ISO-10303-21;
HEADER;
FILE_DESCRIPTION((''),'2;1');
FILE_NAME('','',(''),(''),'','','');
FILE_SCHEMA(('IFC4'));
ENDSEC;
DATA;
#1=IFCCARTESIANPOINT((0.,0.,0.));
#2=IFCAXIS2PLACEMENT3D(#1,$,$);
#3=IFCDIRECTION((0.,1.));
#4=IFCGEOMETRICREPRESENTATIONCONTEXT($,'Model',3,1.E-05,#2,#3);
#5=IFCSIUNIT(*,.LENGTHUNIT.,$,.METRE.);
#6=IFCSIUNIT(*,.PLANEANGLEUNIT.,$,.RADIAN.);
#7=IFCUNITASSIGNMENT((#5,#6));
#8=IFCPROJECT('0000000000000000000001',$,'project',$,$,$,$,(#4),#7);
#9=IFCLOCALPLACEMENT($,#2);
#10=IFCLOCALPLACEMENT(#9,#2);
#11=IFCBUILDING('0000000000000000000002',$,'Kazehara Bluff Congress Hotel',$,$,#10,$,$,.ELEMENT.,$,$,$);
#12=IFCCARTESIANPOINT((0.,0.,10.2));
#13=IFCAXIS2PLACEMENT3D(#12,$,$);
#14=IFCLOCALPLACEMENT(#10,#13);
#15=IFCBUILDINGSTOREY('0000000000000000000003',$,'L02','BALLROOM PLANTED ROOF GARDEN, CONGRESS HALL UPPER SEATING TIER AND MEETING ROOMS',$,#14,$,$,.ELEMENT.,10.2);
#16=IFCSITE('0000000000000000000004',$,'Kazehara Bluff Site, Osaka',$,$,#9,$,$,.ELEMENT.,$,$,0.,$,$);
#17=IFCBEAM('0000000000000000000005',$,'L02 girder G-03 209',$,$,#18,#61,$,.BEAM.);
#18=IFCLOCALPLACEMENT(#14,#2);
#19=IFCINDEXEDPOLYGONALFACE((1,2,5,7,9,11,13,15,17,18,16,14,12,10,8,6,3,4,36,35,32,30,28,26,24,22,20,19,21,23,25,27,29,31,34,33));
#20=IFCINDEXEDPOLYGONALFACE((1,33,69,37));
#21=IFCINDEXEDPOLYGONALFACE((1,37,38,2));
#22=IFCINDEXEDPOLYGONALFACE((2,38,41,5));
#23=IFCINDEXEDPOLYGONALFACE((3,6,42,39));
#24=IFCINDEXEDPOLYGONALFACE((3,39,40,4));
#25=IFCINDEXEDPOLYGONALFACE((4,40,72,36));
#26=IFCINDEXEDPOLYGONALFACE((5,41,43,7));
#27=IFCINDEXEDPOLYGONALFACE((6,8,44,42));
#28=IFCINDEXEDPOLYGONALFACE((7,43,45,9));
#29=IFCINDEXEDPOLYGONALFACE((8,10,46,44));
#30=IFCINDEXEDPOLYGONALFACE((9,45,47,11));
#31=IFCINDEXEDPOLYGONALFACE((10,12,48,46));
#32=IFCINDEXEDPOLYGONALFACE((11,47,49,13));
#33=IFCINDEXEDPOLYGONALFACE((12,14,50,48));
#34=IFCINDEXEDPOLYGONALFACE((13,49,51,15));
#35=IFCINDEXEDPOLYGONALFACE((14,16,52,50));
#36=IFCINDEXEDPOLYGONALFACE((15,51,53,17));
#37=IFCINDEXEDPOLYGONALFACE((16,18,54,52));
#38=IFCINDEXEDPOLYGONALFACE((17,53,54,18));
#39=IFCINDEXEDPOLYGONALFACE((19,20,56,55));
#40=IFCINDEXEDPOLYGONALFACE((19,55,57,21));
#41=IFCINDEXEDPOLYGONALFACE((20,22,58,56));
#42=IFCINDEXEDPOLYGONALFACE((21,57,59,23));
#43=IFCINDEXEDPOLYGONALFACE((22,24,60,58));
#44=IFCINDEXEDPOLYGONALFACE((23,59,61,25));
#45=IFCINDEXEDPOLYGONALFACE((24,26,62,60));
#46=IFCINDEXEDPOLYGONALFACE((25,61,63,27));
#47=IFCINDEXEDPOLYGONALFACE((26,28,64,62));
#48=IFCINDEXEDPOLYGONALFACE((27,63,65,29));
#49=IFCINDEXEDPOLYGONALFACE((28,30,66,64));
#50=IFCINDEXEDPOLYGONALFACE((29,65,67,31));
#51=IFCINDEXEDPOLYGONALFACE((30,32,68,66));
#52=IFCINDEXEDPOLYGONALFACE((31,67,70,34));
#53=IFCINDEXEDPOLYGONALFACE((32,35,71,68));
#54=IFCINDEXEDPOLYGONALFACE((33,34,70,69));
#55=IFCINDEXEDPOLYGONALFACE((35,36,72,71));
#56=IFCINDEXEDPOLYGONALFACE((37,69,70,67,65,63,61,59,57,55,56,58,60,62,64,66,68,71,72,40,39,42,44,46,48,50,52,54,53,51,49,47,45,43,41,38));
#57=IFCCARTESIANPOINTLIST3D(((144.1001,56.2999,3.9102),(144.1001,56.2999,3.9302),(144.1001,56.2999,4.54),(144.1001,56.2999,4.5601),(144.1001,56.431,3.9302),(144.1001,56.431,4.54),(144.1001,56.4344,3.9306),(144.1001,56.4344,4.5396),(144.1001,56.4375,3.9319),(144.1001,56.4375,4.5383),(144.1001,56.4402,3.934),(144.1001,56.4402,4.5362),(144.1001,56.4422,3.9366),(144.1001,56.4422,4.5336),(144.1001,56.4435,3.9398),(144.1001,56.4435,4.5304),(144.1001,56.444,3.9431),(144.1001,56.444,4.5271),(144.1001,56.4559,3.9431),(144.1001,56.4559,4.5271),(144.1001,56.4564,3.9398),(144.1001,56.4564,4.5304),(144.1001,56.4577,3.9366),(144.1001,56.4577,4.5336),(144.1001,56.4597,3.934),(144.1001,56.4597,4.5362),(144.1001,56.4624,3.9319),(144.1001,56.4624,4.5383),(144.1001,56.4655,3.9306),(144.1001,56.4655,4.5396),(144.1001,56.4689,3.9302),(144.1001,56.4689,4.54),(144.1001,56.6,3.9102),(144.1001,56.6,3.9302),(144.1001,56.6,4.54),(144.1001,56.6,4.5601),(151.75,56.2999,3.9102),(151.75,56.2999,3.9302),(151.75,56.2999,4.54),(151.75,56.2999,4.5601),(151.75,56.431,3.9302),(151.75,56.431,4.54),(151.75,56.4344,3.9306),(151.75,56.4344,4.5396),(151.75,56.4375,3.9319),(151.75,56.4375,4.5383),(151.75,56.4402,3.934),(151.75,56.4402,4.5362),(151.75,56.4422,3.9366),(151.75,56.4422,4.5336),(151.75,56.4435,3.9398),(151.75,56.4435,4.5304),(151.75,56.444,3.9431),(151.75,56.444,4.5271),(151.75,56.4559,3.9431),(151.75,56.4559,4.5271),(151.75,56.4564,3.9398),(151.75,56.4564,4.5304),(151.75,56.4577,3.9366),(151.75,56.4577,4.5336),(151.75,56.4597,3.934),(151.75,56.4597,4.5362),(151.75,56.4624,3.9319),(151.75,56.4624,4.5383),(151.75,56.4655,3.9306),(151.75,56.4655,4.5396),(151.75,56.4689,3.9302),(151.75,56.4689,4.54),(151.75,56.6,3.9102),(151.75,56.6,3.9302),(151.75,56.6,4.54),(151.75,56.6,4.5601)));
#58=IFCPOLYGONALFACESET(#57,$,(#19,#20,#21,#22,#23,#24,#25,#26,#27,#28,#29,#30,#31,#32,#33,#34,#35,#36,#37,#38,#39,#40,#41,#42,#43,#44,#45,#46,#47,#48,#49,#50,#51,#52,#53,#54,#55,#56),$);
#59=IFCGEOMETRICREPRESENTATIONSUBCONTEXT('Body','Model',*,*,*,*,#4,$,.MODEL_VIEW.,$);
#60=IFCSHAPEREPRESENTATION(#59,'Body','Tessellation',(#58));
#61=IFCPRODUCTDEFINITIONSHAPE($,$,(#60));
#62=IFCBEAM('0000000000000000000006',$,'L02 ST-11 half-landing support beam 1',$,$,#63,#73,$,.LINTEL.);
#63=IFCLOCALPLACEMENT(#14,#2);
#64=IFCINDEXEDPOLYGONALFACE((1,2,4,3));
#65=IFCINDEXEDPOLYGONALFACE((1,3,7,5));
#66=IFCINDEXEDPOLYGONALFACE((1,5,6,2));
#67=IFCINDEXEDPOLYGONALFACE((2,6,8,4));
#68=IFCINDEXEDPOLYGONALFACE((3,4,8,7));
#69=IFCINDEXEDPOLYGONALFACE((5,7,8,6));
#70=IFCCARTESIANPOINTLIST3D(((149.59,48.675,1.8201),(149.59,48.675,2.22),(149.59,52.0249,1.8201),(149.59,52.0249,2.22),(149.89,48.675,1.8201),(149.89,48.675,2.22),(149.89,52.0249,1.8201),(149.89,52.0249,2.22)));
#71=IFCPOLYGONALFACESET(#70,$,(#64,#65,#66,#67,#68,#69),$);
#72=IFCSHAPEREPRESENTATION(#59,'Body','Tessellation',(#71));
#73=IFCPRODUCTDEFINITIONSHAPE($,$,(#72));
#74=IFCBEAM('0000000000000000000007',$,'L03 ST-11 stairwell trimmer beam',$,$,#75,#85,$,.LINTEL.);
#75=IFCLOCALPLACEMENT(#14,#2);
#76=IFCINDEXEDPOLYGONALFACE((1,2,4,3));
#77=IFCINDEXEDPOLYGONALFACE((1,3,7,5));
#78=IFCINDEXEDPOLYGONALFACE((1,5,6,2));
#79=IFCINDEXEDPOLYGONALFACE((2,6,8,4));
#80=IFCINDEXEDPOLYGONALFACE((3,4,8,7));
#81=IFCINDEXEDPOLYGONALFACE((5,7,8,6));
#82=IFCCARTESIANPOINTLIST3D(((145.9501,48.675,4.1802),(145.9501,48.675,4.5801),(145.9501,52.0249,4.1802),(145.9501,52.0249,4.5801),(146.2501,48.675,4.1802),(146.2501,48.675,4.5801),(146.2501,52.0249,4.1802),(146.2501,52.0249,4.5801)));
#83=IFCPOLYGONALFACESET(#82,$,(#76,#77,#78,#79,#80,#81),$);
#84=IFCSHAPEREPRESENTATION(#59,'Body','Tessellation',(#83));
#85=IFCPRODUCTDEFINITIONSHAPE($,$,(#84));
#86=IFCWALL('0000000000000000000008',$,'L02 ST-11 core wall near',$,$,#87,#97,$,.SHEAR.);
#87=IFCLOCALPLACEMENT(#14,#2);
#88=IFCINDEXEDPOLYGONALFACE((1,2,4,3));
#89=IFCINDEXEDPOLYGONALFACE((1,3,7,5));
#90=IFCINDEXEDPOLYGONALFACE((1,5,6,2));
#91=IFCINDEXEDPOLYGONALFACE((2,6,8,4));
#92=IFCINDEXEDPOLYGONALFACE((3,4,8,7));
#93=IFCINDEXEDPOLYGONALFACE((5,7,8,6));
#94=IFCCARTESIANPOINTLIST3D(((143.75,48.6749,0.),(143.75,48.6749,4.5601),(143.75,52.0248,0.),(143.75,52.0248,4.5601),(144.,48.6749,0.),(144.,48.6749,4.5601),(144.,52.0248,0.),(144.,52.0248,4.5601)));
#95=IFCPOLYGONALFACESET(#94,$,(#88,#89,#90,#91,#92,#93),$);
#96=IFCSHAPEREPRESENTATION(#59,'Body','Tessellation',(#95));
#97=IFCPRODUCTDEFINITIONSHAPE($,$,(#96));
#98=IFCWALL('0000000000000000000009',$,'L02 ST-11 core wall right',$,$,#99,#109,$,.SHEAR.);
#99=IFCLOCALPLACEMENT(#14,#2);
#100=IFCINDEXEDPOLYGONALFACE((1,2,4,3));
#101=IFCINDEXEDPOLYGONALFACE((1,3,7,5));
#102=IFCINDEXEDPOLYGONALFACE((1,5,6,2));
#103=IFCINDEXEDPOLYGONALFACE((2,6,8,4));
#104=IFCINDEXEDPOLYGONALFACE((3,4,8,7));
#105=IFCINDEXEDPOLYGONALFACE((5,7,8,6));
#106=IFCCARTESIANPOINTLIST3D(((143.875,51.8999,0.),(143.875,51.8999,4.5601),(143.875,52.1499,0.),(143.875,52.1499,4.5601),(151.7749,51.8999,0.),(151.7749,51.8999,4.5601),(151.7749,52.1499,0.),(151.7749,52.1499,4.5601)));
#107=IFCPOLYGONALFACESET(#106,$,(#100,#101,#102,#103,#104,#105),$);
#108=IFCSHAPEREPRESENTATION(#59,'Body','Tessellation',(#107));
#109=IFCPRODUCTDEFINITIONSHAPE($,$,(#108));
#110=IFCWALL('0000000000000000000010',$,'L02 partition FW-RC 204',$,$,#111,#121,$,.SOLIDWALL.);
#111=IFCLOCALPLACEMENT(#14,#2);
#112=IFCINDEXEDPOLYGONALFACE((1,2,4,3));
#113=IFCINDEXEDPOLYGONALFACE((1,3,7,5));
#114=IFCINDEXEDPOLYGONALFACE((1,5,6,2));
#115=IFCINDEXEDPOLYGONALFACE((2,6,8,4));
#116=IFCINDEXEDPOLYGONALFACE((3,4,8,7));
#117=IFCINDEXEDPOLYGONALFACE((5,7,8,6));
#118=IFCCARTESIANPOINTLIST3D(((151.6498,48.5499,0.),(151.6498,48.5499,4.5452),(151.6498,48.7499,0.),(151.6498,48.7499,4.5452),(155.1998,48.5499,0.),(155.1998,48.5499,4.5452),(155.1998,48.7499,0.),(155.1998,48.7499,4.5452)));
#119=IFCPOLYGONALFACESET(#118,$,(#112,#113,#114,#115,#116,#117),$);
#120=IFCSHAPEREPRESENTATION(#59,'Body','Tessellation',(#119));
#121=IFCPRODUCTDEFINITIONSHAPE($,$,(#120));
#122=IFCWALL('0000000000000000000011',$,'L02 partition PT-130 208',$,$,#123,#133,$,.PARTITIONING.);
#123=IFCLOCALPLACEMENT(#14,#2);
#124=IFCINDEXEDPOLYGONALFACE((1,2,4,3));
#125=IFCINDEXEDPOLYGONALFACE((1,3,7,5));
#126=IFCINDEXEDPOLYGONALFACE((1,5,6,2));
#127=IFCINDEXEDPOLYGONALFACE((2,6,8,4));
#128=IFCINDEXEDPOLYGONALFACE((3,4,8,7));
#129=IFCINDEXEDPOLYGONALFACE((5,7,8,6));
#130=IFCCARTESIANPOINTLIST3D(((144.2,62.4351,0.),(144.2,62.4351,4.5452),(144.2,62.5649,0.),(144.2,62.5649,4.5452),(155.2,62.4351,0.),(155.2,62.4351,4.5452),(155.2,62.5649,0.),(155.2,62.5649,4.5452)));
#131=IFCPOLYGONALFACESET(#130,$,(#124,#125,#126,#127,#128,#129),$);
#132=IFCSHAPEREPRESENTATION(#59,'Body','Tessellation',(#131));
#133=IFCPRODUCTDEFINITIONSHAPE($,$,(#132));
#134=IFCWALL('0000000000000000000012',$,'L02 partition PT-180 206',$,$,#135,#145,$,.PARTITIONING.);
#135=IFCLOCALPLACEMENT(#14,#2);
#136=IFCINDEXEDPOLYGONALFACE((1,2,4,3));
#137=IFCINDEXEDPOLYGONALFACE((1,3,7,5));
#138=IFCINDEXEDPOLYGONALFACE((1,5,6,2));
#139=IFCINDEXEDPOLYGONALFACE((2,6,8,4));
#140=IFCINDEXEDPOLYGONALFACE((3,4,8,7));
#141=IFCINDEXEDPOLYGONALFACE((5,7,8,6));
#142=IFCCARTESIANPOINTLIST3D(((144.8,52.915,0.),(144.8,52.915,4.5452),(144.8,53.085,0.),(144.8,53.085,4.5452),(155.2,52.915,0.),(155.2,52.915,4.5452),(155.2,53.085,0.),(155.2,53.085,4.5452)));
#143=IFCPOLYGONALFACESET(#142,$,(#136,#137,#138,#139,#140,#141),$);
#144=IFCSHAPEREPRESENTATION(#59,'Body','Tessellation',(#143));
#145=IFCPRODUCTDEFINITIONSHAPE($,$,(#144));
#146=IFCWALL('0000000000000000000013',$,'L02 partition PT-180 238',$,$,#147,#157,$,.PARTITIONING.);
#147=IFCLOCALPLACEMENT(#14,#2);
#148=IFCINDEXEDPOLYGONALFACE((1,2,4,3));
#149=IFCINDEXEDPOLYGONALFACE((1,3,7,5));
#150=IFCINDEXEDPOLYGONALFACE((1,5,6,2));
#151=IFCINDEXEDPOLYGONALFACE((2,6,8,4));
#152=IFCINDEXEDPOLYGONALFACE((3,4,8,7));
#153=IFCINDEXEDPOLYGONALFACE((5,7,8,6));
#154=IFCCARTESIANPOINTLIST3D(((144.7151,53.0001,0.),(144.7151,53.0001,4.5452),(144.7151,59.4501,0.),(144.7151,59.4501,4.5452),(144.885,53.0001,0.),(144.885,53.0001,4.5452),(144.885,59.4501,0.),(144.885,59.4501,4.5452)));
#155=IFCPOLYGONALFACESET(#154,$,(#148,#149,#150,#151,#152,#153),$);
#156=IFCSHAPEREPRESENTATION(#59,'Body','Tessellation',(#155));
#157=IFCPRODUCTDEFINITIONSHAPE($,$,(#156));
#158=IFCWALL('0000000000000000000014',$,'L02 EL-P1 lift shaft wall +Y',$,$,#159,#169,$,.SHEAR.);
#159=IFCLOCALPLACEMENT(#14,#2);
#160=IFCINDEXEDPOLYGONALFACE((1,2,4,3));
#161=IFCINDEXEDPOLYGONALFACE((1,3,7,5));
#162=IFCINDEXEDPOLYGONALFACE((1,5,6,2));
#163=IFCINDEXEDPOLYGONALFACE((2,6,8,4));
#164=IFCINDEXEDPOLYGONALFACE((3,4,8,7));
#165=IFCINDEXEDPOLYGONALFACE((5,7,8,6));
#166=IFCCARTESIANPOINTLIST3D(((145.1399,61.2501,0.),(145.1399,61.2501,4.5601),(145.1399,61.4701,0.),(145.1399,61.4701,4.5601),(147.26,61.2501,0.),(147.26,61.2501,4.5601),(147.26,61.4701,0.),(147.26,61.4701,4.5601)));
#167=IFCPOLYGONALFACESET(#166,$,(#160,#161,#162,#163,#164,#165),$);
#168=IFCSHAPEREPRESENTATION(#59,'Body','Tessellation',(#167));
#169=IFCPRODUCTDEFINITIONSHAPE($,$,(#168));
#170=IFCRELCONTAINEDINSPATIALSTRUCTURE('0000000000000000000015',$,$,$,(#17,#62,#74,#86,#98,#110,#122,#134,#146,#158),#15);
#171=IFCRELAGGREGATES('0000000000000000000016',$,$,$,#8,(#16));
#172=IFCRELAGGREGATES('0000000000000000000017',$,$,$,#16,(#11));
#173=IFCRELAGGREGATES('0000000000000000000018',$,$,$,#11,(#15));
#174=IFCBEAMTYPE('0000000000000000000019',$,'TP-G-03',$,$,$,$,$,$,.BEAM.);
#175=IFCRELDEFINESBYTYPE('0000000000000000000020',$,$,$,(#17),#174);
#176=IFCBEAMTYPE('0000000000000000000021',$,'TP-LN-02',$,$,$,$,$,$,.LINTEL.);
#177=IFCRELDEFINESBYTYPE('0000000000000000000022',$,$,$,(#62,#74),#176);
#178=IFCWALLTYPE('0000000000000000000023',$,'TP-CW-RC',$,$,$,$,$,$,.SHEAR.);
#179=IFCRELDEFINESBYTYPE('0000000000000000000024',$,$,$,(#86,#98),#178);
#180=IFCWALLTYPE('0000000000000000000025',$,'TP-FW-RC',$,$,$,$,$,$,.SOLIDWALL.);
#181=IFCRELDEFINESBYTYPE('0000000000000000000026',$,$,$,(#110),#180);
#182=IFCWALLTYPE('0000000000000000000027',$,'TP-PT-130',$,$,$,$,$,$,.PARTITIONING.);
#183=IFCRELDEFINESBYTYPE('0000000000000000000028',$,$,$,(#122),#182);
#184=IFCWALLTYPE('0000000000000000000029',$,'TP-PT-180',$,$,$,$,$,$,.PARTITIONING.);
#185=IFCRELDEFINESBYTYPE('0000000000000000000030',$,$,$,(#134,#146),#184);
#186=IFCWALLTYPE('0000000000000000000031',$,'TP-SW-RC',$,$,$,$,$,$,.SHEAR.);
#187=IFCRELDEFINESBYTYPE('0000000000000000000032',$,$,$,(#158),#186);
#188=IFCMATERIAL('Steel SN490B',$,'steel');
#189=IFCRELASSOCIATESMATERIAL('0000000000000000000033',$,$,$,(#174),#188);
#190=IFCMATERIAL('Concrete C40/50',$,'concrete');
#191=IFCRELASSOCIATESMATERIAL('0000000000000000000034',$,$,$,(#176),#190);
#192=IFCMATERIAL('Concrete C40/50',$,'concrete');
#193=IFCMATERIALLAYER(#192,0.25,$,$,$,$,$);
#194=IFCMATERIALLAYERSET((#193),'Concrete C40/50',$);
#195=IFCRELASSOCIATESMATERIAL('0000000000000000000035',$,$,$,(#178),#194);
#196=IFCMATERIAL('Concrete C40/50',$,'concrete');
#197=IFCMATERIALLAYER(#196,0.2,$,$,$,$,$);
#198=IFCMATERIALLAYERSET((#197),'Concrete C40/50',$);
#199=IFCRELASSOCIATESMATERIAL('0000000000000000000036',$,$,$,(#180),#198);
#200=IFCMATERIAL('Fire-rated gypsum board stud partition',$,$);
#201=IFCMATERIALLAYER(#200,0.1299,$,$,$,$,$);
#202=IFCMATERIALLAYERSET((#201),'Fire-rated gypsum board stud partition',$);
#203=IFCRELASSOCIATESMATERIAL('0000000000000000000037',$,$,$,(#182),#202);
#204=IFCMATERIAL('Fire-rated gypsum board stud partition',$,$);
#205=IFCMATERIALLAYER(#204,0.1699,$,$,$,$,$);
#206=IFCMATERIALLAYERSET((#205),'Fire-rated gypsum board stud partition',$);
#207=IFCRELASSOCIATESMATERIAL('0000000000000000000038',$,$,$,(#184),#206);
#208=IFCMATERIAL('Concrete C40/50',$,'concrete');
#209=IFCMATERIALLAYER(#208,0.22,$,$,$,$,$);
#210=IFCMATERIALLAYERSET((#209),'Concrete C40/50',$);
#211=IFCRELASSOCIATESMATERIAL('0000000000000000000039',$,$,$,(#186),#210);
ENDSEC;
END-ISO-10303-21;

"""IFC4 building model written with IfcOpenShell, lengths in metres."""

from ifc_helpers import new_model, si_unit, direction, frame, frame_2d, origin, origin_2d, place, context, subcontext, project, spatial, rectangle, i_section, extrude, material, layer, layer_set, material_profile, profile_set, type_object, element, save


model = new_model("IFC4")

# Units and contexts
model_context = context("Model", 3, precision=1e-05, world=origin(), true_north=direction((0.0, 1.0)))
body_context = subcontext(model_context, "Body", "Model", "MODEL_VIEW")
ifc_project = project(units=[si_unit("LENGTHUNIT", "METRE"), si_unit("PLANEANGLEUNIT", "RADIAN")], contexts=[model_context])

# Site, building, storey
site_placement = place(None, origin())
site = spatial("IfcSite", under=ifc_project, at=site_placement, Name="Kazehara Bluff Site, Osaka", CompositionType="ELEMENT", RefElevation=0.0)
building_placement = place(site_placement, origin())
building = spatial("IfcBuilding", under=site, at=building_placement, Name="Kazehara Bluff Congress Hotel", CompositionType="ELEMENT")
storey_placement = place(building_placement, frame((0.0, 0.0, 10.2)))
storey = spatial("IfcBuildingStorey", under=building, at=storey_placement, Name="L02", Description="BALLROOM PLANTED ROOF GARDEN, CONGRESS HALL UPPER SEATING TIER AND MEETING ROOMS", CompositionType="ELEMENT", Elevation=10.2)

# Beams
ifc_material_1 = material(Name="Steel SN490B", Category="steel")
ifc_material_profile_1 = material_profile(ifc_material_1, i_section(OverallWidth=0.3, OverallDepth=0.6499, WebThickness=0.012, FlangeThickness=0.02, FilletRadius=0.0129, at=origin_2d()))
ifc_profile_set_1 = profile_set([ifc_material_profile_1], Name="Steel SN490B")
beam_type_1 = type_object("IfcBeamType", Name="TP-G-03", PredefinedType="BEAM", material=ifc_profile_set_1)
beam_placement = place(storey_placement, frame((144.1001, 56.45, 4.2351), z_axis=(1.0, 0.0, 0.0), x_axis=(0.0, 1.0, 0.0)))
element("IfcBeam", 1, at=beam_placement, inside=storey, type_object=beam_type_1, Name="L02 girder G-03 209", PredefinedType="BEAM", context=body_context, shape_type="SweptSolid", body=[
    extrude(i_section(OverallWidth=0.3, OverallDepth=0.6499, WebThickness=0.012, FlangeThickness=0.02, FilletRadius=0.0129, at=origin_2d()), origin(), (0.0, 0.0, 1.0), 7.6499),
])
ifc_material_2 = material(Name="Concrete C40/50", Category="concrete")
ifc_material_profile_2 = material_profile(ifc_material_2, rectangle(XDim=0.3, YDim=0.3999, at=origin_2d()))
ifc_profile_set_2 = profile_set([ifc_material_profile_2], Name="Concrete C40/50")
beam_type_2 = type_object("IfcBeamType", Name="TP-LN-02", PredefinedType="LINTEL", material=ifc_profile_set_2)
for number, where, z_axis, x_axis, name in (
    (2, (149.74, 48.675, 2.02), (0.0, 1.0, 0.0), (-1.0, 0.0, 0.0), "L02 ST-11 half-landing support beam 1"),
    (3, (146.1001, 48.675, 4.3801), (0.0, 1.0, 0.0), (-1.0, 0.0, 0.0), "L03 ST-11 stairwell trimmer beam"),
):
    element("IfcBeam", number, at=place(storey_placement, frame(where, z_axis=z_axis, x_axis=x_axis)), inside=storey, type_object=beam_type_2, Name=name, PredefinedType="LINTEL", context=body_context, shape_type="SweptSolid", body=[
        extrude(rectangle(XDim=0.3, YDim=0.3999, at=origin_2d()), origin(), (0.0, 0.0, 1.0), 3.3499),
    ])

# Walls
ifc_material_3 = material(Name="Concrete C40/50", Category="concrete")
ifc_layer_1 = layer(ifc_material_3, 0.25)
ifc_layer_set_1 = layer_set([ifc_layer_1], Name="Concrete C40/50")
wall_type_1 = type_object("IfcWallType", Name="TP-CW-RC", PredefinedType="SHEAR", material=ifc_layer_set_1)
wall_1_placement = place(storey_placement, frame((143.875, 48.675, 0.0), z_axis=(0.0, 0.0, 1.0), x_axis=(0.0, 1.0, 0.0)))
element("IfcWall", 4, at=wall_1_placement, inside=storey, type_object=wall_type_1, Name="L02 ST-11 core wall near", PredefinedType="SHEAR", context=body_context, shape_type="SweptSolid", body=[
    extrude(rectangle(XDim=3.3499, YDim=0.25, at=frame_2d((1.6748, 0.0))), origin(), (0.0, 0.0, 1.0), 4.5601),
])
wall_2_placement = place(storey_placement, frame((143.875, 52.0249, 0.0), z_axis=(0.0, 0.0, 1.0), x_axis=(1.0, 0.0, 0.0)))
element("IfcWall", 5, at=wall_2_placement, inside=storey, type_object=wall_type_1, Name="L02 ST-11 core wall right", PredefinedType="SHEAR", context=body_context, shape_type="SweptSolid", body=[
    extrude(rectangle(XDim=7.8999, YDim=0.25, at=frame_2d((3.95, 0.0))), origin(), (0.0, 0.0, 1.0), 4.5601),
])
ifc_material_4 = material(Name="Concrete C40/50", Category="concrete")
ifc_layer_2 = layer(ifc_material_4, 0.2)
ifc_layer_set_2 = layer_set([ifc_layer_2], Name="Concrete C40/50")
wall_type_2 = type_object("IfcWallType", Name="TP-FW-RC", PredefinedType="SOLIDWALL", material=ifc_layer_set_2)
wall_3_placement = place(storey_placement, frame((151.6499, 48.6499, 0.0), z_axis=(0.0, 0.0, 1.0), x_axis=(1.0, 0.0, 0.0)))
element("IfcWall", 6, at=wall_3_placement, inside=storey, type_object=wall_type_2, Name="L02 partition FW-RC 204", PredefinedType="SOLIDWALL", context=body_context, shape_type="SweptSolid", body=[
    extrude(rectangle(XDim=3.55, YDim=0.2, at=frame_2d((1.7749, 0.0))), origin(), (0.0, 0.0, 1.0), 4.5452),
])
ifc_material_5 = material(Name="Fire-rated gypsum board stud partition")
ifc_layer_3 = layer(ifc_material_5, 0.1299)
ifc_layer_set_3 = layer_set([ifc_layer_3], Name="Fire-rated gypsum board stud partition")
wall_type_3 = type_object("IfcWallType", Name="TP-PT-130", PredefinedType="PARTITIONING", material=ifc_layer_set_3)
wall_4_placement = place(storey_placement, frame((144.2, 62.5, 0.0), z_axis=(0.0, 0.0, 1.0), x_axis=(1.0, 0.0, 0.0)))
element("IfcWall", 7, at=wall_4_placement, inside=storey, type_object=wall_type_3, Name="L02 partition PT-130 208", PredefinedType="PARTITIONING", context=body_context, shape_type="SweptSolid", body=[
    extrude(rectangle(XDim=11.0, YDim=0.1299, at=frame_2d((5.5, 0.0))), origin(), (0.0, 0.0, 1.0), 4.5452),
])
ifc_material_6 = material(Name="Fire-rated gypsum board stud partition")
ifc_layer_4 = layer(ifc_material_6, 0.1699)
ifc_layer_set_4 = layer_set([ifc_layer_4], Name="Fire-rated gypsum board stud partition")
wall_type_4 = type_object("IfcWallType", Name="TP-PT-180", PredefinedType="PARTITIONING", material=ifc_layer_set_4)
wall_5_placement = place(storey_placement, frame((144.8, 53.0, 0.0), z_axis=(0.0, 0.0, 1.0), x_axis=(1.0, 0.0, 0.0)))
element("IfcWall", 8, at=wall_5_placement, inside=storey, type_object=wall_type_4, Name="L02 partition PT-180 206", PredefinedType="PARTITIONING", context=body_context, shape_type="SweptSolid", body=[
    extrude(rectangle(XDim=10.3999, YDim=0.1699, at=frame_2d((5.2, 0.0))), origin(), (0.0, 0.0, 1.0), 4.5452),
])
wall_6_placement = place(storey_placement, frame((144.8, 53.0, 0.0), z_axis=(0.0, 0.0, 1.0), x_axis=(0.0, 1.0, 0.0)))
element("IfcWall", 9, at=wall_6_placement, inside=storey, type_object=wall_type_4, Name="L02 partition PT-180 238", PredefinedType="PARTITIONING", context=body_context, shape_type="SweptSolid", body=[
    extrude(rectangle(XDim=6.45, YDim=0.1699, at=frame_2d((3.2251, 0.0))), origin(), (0.0, 0.0, 1.0), 4.5452),
])
ifc_material_7 = material(Name="Concrete C40/50", Category="concrete")
ifc_layer_5 = layer(ifc_material_7, 0.22)
ifc_layer_set_5 = layer_set([ifc_layer_5], Name="Concrete C40/50")
wall_type_5 = type_object("IfcWallType", Name="TP-SW-RC", PredefinedType="SHEAR", material=ifc_layer_set_5)
wall_7_placement = place(storey_placement, frame((145.1399, 61.3601, 0.0), z_axis=(0.0, 0.0, 1.0), x_axis=(1.0, 0.0, 0.0)))
element("IfcWall", 10, at=wall_7_placement, inside=storey, type_object=wall_type_5, Name="L02 EL-P1 lift shaft wall +Y", PredefinedType="SHEAR", context=body_context, shape_type="SweptSolid", body=[
    extrude(rectangle(XDim=2.1201, YDim=0.22, at=frame_2d((1.0601, 0.0))), origin(), (0.0, 0.0, 1.0), 4.5601),
])

save(model, "model.ifc")
